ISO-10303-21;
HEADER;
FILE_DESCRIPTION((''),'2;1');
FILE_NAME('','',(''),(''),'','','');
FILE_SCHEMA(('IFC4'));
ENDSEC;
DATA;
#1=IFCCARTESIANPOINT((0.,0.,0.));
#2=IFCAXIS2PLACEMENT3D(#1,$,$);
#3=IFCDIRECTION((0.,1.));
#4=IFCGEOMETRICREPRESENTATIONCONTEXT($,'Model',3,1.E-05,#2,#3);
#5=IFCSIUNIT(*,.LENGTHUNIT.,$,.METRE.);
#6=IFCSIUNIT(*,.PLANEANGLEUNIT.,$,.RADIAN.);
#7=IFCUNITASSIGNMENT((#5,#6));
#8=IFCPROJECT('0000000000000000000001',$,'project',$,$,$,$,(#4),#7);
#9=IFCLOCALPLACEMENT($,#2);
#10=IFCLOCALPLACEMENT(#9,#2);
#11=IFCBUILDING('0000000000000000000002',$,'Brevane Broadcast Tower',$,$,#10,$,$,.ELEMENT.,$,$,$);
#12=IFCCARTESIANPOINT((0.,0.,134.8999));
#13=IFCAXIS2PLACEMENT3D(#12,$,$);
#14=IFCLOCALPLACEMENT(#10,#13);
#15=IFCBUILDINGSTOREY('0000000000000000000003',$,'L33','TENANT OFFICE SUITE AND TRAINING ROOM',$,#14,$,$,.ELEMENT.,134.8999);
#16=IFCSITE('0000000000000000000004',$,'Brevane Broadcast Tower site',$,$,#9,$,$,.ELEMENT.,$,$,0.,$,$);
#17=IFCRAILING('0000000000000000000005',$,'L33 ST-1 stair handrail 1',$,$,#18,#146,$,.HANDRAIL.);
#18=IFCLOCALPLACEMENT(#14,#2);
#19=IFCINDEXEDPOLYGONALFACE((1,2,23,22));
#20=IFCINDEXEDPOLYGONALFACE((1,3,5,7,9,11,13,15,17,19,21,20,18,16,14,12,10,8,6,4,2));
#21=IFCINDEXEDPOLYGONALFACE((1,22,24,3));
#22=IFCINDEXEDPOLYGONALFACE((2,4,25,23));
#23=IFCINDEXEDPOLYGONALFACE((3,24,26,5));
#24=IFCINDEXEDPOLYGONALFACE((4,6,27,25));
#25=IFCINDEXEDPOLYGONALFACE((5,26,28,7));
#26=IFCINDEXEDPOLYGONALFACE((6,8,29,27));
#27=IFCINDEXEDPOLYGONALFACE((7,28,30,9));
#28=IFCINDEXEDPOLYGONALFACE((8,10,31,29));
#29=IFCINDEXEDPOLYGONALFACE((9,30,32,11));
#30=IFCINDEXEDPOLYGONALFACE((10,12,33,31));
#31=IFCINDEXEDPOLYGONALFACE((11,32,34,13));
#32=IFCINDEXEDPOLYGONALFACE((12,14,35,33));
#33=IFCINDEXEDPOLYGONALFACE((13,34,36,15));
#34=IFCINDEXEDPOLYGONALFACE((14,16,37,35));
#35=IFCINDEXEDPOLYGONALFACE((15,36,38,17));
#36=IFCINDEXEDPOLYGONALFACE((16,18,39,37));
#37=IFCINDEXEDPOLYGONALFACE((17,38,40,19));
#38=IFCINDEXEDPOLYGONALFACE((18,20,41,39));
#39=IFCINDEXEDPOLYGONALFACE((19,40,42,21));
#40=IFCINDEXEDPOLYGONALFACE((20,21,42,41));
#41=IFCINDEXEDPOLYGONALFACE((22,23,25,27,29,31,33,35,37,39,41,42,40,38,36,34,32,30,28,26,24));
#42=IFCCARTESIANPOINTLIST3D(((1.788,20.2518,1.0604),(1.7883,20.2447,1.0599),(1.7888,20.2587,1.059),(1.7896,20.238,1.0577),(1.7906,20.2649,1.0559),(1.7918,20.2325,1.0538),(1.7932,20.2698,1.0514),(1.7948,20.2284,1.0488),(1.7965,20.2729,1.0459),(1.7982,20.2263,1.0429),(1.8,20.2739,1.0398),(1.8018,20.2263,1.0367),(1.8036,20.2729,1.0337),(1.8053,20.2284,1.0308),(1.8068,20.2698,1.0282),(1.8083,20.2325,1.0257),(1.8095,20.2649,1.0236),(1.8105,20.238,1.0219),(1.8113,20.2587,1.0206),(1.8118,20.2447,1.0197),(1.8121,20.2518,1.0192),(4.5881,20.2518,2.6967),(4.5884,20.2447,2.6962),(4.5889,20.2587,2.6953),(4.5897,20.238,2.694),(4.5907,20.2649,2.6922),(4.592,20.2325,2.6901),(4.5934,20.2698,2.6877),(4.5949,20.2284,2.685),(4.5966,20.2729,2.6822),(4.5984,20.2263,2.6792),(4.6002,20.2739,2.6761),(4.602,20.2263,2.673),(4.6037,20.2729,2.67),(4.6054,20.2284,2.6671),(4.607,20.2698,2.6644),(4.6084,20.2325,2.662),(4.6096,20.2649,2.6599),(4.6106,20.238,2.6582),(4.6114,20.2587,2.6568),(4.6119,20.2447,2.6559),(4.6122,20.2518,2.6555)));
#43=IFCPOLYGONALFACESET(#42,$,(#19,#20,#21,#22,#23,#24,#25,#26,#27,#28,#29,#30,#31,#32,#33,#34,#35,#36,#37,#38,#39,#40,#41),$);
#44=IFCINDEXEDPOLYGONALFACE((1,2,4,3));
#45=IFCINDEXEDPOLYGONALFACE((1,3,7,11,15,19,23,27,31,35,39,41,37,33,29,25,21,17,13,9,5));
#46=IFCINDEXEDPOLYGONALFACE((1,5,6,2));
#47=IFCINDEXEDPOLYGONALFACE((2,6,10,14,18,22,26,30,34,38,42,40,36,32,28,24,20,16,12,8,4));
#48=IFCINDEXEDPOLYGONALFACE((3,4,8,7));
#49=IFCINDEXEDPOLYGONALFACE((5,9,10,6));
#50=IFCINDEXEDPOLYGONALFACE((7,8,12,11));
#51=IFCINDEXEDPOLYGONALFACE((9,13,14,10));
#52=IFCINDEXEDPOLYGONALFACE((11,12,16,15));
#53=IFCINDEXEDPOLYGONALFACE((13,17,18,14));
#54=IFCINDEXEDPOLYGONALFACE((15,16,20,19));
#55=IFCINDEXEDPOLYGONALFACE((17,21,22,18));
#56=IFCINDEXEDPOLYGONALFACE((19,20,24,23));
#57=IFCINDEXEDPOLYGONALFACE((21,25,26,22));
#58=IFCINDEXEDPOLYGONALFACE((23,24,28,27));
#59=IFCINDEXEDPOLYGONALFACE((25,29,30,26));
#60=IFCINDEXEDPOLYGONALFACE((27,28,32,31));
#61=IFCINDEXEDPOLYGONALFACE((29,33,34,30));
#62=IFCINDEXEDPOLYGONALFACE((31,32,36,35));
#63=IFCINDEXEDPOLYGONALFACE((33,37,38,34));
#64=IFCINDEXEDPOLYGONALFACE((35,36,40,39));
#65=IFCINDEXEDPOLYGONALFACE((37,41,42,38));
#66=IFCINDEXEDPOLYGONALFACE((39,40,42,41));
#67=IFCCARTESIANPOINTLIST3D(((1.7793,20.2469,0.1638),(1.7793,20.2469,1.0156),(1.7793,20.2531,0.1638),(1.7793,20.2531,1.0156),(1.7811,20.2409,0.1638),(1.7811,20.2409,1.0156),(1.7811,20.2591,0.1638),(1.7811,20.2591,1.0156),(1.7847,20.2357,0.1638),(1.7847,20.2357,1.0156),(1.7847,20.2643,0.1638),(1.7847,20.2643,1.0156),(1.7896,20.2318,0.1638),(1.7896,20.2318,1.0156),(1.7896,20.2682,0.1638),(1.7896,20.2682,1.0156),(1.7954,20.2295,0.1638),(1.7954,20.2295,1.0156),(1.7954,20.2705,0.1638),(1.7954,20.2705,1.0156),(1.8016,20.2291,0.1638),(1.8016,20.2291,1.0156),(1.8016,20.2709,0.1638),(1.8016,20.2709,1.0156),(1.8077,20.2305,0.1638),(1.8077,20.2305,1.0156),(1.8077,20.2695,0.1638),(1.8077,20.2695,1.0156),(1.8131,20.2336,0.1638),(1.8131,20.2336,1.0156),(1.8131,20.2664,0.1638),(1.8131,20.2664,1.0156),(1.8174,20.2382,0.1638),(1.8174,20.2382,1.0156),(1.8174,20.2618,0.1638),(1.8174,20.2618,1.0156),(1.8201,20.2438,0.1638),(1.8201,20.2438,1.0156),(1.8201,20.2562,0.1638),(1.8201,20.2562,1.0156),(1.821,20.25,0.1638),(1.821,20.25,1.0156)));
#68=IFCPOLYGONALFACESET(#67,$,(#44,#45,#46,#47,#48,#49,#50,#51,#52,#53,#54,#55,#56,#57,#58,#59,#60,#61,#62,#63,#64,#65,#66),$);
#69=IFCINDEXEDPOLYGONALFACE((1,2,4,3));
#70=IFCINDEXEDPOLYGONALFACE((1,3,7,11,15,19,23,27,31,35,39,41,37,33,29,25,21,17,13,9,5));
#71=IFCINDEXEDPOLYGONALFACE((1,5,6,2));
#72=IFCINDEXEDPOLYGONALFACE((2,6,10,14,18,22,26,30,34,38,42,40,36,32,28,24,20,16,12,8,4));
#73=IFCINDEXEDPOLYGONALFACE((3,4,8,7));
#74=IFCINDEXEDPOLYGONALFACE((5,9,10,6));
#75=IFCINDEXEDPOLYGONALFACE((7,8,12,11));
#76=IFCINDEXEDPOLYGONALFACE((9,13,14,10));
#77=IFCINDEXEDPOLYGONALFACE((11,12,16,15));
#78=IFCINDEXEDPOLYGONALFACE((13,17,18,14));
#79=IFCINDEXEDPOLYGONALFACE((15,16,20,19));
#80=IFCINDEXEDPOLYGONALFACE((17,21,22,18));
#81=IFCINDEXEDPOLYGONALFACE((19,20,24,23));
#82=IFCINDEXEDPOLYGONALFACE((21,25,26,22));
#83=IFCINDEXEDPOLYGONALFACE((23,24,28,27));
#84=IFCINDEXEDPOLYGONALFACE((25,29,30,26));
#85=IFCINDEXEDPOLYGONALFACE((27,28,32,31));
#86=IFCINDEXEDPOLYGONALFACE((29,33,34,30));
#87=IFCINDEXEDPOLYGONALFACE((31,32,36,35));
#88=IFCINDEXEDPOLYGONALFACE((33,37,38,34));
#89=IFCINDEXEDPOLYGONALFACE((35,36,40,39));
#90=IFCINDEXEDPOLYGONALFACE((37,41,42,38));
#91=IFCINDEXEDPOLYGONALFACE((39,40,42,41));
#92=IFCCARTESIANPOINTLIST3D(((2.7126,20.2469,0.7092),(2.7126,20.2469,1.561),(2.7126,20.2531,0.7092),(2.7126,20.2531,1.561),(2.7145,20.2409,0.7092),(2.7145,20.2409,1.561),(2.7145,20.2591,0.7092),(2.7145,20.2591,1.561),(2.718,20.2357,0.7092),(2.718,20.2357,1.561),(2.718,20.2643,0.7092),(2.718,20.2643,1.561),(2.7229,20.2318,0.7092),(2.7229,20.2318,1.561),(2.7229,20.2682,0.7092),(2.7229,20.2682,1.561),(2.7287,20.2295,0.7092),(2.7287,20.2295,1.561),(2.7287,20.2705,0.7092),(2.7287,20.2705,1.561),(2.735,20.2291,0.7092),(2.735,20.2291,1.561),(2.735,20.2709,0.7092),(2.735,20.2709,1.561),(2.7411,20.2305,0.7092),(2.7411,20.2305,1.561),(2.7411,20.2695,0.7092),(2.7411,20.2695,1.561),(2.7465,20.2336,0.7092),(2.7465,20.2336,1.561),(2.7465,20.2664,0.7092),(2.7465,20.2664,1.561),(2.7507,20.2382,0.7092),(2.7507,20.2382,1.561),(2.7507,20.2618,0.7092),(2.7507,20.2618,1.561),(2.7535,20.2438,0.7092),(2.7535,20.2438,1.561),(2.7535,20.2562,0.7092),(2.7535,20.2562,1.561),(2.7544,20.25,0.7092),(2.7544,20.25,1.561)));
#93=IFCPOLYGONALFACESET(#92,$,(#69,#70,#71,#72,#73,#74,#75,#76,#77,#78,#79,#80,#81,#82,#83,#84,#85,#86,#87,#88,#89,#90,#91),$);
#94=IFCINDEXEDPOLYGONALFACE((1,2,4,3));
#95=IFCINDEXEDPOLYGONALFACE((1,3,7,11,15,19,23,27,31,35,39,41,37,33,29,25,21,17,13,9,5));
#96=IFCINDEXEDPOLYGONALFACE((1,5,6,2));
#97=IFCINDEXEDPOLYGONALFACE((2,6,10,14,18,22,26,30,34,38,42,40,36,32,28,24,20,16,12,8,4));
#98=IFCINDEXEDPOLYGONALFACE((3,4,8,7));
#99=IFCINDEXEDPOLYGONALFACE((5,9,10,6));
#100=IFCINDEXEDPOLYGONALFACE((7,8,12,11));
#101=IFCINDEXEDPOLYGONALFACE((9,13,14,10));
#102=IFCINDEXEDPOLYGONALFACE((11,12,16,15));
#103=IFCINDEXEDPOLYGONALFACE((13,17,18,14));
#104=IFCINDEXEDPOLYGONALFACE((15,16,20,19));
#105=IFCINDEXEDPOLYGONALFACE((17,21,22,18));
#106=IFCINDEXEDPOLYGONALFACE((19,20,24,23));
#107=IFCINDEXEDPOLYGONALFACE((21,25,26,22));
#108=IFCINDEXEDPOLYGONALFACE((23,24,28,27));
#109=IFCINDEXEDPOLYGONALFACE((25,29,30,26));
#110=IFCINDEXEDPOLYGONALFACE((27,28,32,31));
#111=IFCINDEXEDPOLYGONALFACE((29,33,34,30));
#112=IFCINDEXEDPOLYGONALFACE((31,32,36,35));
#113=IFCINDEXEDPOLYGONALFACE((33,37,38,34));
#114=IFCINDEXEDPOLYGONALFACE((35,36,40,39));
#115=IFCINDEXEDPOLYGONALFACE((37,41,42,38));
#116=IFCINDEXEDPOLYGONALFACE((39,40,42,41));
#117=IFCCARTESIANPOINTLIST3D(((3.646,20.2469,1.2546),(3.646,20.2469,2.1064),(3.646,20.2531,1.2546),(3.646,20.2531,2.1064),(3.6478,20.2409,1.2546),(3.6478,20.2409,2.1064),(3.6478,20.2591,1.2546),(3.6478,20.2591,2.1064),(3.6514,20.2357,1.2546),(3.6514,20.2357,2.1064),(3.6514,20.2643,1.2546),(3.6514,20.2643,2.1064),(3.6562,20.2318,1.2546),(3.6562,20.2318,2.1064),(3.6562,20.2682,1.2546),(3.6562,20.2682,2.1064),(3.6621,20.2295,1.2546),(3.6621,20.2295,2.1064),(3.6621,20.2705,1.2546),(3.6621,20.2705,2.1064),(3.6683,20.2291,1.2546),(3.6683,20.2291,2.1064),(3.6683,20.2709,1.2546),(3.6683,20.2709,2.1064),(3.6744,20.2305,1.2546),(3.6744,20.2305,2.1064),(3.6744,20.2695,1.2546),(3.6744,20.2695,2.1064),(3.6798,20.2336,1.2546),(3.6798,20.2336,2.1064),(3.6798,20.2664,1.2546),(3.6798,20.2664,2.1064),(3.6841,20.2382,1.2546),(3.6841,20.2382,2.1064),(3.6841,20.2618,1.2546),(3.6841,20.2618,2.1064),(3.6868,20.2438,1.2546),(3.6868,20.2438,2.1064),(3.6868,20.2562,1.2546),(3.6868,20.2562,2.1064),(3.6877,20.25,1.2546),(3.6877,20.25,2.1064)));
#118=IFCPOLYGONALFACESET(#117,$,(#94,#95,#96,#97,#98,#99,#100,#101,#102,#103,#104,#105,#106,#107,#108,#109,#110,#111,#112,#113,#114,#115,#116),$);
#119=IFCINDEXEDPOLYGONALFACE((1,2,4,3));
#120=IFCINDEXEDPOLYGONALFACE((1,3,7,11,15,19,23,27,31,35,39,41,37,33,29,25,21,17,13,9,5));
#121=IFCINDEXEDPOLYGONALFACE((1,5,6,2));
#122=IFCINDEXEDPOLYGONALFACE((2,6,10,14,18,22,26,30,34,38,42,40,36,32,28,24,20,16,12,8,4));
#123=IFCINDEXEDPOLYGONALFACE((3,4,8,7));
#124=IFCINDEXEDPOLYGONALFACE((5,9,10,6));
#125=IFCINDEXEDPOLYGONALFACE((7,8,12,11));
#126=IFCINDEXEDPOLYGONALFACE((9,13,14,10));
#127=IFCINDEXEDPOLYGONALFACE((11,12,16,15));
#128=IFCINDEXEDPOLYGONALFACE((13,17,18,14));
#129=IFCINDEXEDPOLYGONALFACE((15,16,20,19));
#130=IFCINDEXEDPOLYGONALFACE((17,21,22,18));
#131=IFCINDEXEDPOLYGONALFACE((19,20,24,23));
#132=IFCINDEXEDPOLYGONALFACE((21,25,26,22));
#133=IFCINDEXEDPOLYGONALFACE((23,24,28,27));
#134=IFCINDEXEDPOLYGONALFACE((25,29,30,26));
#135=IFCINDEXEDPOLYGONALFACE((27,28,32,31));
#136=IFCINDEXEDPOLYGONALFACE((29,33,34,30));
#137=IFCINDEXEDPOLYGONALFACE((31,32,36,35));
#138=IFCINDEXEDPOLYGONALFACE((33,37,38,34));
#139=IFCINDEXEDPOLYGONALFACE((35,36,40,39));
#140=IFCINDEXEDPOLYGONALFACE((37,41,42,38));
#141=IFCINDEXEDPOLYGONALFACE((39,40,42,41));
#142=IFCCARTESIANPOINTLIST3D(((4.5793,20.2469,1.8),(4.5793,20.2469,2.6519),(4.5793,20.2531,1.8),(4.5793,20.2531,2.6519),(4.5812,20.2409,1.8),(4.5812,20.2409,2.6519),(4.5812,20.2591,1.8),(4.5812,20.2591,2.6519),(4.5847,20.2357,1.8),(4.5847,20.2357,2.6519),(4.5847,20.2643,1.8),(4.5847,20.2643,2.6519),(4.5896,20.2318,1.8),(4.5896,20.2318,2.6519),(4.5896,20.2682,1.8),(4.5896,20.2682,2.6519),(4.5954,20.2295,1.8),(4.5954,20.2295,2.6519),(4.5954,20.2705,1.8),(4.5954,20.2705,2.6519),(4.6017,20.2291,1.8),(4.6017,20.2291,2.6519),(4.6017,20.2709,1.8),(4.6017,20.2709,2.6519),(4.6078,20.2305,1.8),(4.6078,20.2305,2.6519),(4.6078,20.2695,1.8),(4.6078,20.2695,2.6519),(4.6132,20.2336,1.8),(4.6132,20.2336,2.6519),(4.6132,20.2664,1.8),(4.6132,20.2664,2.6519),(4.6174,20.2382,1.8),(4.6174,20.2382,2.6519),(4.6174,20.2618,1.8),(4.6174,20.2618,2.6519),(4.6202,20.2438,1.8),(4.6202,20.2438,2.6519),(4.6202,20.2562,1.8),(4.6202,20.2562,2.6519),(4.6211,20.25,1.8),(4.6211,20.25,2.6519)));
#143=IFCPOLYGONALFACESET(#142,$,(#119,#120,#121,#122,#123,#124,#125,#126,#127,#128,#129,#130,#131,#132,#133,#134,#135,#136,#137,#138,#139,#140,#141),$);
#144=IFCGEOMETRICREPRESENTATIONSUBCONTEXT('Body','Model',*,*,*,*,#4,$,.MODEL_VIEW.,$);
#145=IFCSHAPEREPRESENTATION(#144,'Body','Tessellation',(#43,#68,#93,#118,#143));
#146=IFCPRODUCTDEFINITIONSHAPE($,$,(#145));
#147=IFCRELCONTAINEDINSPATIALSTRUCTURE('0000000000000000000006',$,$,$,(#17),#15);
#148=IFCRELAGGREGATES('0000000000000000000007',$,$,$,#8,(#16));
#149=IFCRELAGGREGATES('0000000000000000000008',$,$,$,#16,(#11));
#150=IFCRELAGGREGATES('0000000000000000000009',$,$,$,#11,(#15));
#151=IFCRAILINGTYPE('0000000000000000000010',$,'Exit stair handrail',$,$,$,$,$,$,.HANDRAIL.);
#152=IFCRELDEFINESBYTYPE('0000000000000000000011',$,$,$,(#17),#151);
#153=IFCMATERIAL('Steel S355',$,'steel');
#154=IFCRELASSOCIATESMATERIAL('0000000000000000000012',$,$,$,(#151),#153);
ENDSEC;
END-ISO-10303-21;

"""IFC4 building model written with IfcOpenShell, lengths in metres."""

from ifc_helpers import new_model, si_unit, direction, frame, origin, origin_2d, place, context, subcontext, project, spatial, circle, extrude, material, type_object, element, save


model = new_model("IFC4")

# Units and contexts
model_context = context("Model", 3, precision=1e-05, world=origin(), true_north=direction((0.0, 1.0)))
body_context = subcontext(model_context, "Body", "Model", "MODEL_VIEW")
ifc_project = project(units=[si_unit("LENGTHUNIT", "METRE"), si_unit("PLANEANGLEUNIT", "RADIAN")], contexts=[model_context])

# Site, building, storey
site_placement = place(None, origin())
site = spatial("IfcSite", under=ifc_project, at=site_placement, Name="Brevane Broadcast Tower site", CompositionType="ELEMENT", RefElevation=0.0)
building_placement = place(site_placement, origin())
building = spatial("IfcBuilding", under=site, at=building_placement, Name="Brevane Broadcast Tower", CompositionType="ELEMENT")
storey_placement = place(building_placement, frame((0.0, 0.0, 134.8999)))
storey = spatial("IfcBuildingStorey", under=building, at=storey_placement, Name="L33", Description="TENANT OFFICE SUITE AND TRAINING ROOM", CompositionType="ELEMENT", Elevation=134.8999)

# Railing
ifc_material_1 = material(Name="Steel S355", Category="steel")
railing_type_1 = type_object("IfcRailingType", Name="Exit stair handrail", PredefinedType="HANDRAIL", material=ifc_material_1)
railing_1_placement = place(storey_placement, frame((1.8, 20.25, 0.1638)))
element("IfcRailing", 1, at=railing_1_placement, inside=storey, type_object=railing_type_1, Name="L33 ST-1 stair handrail 1", PredefinedType="HANDRAIL", context=body_context, shape_type="SweptSolid", body=[
    extrude(circle(Radius=0.0239, at=origin_2d()), frame((0.0, 0.0, 0.876), z_axis=(0.863394, 0.0, 0.504531), x_axis=(0.0, 1.0, 0.0)), (0.0, 0.0, 1.0), 3.2432),
    extrude(circle(Radius=0.021, at=origin_2d()), origin(), (0.0, 0.0, 1.0), 0.8518),
    extrude(circle(Radius=0.021, at=origin_2d()), frame((0.9333, 0.0, 0.5454)), (0.0, 0.0, 1.0), 0.8518),
    extrude(circle(Radius=0.021, at=origin_2d()), frame((1.8667, 0.0, 1.0908)), (0.0, 0.0, 1.0), 0.8518),
    extrude(circle(Radius=0.021, at=origin_2d()), frame((2.8, 0.0, 1.6362)), (0.0, 0.0, 1.0), 0.8518),
])

save(model, "model.ifc")
